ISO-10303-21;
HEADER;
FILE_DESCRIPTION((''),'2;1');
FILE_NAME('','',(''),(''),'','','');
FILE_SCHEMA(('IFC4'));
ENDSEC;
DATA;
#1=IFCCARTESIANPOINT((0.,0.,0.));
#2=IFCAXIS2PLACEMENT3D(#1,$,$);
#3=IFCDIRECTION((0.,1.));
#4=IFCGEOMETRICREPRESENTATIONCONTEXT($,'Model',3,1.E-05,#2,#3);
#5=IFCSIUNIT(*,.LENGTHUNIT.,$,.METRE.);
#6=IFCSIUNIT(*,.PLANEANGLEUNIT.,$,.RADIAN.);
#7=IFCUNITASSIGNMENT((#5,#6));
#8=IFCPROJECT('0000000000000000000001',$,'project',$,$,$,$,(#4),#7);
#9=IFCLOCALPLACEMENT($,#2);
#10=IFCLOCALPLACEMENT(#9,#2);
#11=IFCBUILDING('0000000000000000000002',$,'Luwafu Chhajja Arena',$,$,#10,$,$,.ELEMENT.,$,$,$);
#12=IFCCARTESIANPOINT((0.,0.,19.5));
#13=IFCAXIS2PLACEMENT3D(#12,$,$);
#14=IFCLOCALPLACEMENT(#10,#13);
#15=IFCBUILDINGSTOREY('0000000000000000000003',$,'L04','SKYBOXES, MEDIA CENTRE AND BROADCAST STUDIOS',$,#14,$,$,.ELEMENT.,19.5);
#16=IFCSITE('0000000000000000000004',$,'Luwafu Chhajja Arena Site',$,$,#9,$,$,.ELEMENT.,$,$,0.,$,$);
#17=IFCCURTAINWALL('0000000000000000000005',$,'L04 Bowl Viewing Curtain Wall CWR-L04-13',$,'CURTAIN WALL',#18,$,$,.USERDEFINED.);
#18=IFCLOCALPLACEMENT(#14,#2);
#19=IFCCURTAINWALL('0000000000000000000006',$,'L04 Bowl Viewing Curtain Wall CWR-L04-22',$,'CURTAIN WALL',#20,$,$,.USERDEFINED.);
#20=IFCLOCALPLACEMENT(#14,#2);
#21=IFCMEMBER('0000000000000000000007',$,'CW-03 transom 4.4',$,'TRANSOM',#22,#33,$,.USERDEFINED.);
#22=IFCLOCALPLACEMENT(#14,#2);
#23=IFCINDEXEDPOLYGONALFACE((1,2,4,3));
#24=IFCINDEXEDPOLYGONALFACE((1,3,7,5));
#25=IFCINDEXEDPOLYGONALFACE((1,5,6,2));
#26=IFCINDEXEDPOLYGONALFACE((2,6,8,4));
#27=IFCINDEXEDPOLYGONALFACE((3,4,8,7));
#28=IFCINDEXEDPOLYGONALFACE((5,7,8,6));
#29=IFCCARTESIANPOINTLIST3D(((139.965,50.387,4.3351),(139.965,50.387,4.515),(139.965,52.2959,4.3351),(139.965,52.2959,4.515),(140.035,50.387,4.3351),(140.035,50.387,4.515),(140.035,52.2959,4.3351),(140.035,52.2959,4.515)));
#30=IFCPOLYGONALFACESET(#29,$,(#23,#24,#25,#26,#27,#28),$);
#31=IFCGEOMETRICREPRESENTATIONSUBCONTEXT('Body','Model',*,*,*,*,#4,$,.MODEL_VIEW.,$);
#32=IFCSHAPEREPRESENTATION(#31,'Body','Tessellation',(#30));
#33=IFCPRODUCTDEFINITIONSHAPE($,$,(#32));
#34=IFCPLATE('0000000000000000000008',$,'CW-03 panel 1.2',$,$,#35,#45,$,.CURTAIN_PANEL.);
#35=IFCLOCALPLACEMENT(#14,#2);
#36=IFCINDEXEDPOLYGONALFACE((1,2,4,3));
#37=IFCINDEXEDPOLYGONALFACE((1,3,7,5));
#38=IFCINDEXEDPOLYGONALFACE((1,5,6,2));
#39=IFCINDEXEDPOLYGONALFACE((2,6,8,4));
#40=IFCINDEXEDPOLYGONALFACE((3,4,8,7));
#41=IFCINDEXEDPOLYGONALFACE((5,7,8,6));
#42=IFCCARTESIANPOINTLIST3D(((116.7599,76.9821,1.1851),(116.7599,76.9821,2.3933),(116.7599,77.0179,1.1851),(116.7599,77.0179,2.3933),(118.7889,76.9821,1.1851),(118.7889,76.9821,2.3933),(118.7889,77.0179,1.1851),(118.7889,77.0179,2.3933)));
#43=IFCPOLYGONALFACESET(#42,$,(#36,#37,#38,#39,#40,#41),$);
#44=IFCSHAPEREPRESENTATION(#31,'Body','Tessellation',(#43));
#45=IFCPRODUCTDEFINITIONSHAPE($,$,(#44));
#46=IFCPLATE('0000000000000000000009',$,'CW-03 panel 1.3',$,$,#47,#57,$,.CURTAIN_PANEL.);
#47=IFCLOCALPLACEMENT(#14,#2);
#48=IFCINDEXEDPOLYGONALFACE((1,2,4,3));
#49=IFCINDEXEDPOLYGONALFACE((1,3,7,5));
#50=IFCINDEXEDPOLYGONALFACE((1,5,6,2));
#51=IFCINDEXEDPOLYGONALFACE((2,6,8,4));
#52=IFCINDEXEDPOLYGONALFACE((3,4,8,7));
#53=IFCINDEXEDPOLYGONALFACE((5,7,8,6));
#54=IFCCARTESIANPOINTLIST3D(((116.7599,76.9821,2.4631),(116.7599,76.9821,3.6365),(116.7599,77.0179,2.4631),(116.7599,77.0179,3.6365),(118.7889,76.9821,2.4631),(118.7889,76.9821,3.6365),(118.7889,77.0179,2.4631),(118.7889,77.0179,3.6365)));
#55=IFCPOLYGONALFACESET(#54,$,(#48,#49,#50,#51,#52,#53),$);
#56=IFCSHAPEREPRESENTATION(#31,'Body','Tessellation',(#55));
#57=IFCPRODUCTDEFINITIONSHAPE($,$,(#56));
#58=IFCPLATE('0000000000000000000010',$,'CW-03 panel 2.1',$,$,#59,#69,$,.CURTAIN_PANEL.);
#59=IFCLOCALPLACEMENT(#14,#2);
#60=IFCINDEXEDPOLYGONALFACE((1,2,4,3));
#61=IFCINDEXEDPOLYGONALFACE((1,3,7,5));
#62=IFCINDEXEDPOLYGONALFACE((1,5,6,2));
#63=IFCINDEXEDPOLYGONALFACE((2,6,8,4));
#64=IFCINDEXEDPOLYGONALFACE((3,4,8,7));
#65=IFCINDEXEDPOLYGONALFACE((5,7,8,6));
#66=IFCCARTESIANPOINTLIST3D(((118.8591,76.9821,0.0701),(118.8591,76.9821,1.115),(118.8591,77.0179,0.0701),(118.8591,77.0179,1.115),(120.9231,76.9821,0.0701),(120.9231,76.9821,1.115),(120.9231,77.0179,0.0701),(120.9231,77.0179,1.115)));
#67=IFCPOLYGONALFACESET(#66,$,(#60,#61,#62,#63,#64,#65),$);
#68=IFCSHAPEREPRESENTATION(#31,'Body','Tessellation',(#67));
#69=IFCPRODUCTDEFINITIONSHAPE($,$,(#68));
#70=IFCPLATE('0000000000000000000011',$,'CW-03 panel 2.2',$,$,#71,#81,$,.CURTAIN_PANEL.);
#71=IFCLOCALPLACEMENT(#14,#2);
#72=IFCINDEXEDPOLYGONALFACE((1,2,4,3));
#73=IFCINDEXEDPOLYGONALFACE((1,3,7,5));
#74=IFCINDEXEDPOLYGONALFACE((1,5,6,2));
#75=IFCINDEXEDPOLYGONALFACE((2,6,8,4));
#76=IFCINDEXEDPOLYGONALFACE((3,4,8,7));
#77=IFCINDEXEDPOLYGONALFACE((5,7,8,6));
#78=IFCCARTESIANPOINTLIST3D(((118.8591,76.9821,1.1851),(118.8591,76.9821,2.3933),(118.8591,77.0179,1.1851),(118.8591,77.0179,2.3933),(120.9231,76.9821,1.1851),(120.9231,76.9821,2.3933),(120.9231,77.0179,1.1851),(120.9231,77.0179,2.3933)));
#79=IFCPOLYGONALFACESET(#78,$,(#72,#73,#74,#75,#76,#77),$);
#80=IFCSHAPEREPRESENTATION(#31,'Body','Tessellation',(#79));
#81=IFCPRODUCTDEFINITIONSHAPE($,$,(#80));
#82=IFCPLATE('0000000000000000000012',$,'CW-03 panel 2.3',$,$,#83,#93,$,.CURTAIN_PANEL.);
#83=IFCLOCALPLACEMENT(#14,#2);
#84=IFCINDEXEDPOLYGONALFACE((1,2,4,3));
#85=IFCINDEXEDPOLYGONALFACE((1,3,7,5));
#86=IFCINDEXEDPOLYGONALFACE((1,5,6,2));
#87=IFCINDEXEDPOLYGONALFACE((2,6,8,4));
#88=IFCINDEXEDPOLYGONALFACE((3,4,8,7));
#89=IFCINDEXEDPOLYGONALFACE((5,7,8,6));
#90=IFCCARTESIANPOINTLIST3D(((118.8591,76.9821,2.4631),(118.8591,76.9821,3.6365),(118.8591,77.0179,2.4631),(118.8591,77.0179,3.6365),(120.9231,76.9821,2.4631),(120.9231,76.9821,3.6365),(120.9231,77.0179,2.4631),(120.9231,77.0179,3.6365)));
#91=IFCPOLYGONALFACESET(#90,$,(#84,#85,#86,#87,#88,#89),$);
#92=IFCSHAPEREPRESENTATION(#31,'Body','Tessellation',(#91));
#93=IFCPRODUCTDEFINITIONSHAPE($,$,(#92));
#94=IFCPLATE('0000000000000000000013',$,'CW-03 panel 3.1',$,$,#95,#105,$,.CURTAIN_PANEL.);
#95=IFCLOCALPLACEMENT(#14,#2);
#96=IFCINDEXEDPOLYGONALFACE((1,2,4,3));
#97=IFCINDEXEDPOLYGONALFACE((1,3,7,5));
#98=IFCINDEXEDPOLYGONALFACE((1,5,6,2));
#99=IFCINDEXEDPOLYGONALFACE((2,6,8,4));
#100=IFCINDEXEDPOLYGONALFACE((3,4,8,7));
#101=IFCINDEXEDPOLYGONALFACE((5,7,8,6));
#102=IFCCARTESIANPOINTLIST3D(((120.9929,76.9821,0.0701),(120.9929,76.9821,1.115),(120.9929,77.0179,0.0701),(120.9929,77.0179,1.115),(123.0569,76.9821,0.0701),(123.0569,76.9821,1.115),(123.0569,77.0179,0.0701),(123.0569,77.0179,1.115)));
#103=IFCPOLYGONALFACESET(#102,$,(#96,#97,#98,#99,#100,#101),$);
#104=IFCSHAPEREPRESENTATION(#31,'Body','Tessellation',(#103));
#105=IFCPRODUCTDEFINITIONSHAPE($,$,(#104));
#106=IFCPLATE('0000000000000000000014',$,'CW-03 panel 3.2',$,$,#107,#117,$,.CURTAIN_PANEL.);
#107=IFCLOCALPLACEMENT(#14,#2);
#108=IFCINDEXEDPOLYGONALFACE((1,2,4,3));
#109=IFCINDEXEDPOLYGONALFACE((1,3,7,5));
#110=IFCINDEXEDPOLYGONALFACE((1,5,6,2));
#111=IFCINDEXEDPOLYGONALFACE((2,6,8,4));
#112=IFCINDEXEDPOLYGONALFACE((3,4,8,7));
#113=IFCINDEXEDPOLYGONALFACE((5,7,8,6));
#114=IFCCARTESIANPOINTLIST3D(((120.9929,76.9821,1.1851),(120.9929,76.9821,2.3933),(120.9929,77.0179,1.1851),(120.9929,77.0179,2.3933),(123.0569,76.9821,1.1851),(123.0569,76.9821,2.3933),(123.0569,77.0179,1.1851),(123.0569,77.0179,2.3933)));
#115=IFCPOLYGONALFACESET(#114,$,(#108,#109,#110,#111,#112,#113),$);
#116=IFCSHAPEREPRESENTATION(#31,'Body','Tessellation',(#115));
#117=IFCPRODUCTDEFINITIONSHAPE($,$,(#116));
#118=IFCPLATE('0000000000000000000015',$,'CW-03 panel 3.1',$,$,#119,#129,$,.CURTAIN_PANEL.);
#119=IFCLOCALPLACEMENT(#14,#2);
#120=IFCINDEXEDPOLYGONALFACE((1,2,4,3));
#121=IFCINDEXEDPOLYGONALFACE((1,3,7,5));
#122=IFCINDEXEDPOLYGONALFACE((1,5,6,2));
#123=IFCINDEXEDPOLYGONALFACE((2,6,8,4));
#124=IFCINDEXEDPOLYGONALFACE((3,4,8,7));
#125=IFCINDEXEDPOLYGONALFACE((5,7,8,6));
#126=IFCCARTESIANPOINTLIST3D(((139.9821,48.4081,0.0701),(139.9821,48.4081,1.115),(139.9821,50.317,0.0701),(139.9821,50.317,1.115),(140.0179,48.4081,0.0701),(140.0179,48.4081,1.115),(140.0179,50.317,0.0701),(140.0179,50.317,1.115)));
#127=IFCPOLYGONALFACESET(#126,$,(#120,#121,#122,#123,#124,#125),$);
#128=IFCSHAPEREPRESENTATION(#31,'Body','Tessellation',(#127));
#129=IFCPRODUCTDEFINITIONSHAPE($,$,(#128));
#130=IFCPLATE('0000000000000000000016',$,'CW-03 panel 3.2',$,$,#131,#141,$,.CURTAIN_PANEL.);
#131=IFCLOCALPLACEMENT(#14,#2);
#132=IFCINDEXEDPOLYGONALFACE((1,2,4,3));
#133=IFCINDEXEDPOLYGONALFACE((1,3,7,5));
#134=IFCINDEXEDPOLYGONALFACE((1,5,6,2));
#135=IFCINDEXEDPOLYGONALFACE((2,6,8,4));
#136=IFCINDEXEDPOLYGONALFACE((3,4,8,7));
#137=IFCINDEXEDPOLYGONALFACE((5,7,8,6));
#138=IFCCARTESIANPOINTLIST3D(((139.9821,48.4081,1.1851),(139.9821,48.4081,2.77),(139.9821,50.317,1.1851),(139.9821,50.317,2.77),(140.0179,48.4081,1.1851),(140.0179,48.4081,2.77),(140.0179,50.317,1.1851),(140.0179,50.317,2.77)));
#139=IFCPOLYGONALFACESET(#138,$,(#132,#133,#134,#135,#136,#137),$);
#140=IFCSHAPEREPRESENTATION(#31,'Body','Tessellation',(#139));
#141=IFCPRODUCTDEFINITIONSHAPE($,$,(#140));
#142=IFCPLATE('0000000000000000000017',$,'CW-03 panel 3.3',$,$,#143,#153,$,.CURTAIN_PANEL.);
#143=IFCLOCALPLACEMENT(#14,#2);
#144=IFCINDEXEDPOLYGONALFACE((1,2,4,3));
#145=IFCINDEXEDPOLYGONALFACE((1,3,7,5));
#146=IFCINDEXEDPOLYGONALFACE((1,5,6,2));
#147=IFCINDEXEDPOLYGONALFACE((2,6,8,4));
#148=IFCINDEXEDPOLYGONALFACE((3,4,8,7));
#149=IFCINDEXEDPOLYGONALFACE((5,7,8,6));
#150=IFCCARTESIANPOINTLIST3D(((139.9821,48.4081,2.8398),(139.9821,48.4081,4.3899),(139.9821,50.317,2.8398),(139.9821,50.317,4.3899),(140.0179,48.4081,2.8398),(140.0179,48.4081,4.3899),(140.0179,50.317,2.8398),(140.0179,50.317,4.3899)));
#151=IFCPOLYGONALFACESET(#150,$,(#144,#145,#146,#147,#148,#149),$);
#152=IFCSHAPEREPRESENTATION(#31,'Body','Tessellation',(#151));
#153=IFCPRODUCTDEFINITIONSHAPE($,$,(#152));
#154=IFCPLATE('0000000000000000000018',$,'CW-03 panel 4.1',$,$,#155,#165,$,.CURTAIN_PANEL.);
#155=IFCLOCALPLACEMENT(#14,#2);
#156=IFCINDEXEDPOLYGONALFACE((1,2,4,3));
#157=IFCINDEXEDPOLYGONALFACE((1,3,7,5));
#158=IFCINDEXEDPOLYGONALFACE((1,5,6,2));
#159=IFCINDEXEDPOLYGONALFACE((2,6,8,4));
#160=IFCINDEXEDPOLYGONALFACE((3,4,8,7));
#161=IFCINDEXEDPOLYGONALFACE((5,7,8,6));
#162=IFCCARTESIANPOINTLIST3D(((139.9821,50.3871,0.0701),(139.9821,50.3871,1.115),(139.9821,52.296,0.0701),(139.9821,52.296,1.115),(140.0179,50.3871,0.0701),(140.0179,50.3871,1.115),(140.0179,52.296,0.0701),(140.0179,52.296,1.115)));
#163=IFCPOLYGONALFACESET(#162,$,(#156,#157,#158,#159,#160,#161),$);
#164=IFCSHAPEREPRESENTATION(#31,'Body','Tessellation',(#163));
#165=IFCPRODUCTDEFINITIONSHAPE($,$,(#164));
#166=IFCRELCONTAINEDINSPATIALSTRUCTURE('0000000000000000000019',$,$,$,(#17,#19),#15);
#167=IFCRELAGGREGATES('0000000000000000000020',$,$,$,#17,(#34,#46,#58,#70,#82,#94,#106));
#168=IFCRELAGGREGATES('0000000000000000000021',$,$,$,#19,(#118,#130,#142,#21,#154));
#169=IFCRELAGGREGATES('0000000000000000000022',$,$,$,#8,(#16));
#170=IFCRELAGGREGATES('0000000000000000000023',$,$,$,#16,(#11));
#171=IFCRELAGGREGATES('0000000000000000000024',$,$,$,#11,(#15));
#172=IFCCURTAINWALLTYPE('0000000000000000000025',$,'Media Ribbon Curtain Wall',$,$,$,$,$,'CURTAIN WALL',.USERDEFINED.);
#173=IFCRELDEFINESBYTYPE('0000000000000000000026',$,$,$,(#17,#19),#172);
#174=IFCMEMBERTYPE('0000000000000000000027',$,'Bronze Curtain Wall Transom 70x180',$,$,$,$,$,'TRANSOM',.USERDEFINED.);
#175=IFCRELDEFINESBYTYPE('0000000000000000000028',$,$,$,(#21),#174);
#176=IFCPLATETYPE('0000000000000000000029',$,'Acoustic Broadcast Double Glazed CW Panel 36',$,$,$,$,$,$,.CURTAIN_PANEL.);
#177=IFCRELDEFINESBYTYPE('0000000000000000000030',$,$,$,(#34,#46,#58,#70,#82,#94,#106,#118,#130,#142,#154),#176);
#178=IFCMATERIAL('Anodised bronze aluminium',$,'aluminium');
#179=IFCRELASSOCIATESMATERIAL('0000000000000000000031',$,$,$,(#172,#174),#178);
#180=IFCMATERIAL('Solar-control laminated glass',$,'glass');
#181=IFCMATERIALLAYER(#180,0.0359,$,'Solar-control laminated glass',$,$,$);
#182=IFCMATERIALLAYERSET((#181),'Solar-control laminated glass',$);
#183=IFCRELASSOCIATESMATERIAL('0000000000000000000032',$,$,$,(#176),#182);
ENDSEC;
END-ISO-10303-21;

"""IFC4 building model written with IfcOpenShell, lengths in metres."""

from ifc_helpers import new_model, si_unit, direction, frame, origin, origin_2d, place, context, subcontext, project, spatial, rectangle, extrude, material, layer, layer_set, material_profile, profile_set, type_object, element, aggregate, save


model = new_model("IFC4")

# Units and contexts
model_context = context("Model", 3, precision=1e-05, world=origin(), true_north=direction((0.0, 1.0)))
body_context = subcontext(model_context, "Body", "Model", "MODEL_VIEW")
ifc_project = project(units=[si_unit("LENGTHUNIT", "METRE"), si_unit("PLANEANGLEUNIT", "RADIAN")], contexts=[model_context])

# Site, building, storey
site_placement = place(None, origin())
site = spatial("IfcSite", under=ifc_project, at=site_placement, Name="Luwafu Chhajja Arena Site", CompositionType="ELEMENT", RefElevation=0.0)
building_placement = place(site_placement, origin())
building = spatial("IfcBuilding", under=site, at=building_placement, Name="Luwafu Chhajja Arena", CompositionType="ELEMENT")
storey_placement = place(building_placement, frame((0.0, 0.0, 19.5)))
storey = spatial("IfcBuildingStorey", under=building, at=storey_placement, Name="L04", Description="SKYBOXES, MEDIA CENTRE AND BROADCAST STUDIOS", CompositionType="ELEMENT", Elevation=19.5)

# Curtain wall
ifc_material_1 = material(Name="Anodised bronze aluminium", Category="aluminium")
curtain_wall_type = type_object("IfcCurtainWallType", Name="Media Ribbon Curtain Wall", ElementType="CURTAIN WALL", PredefinedType="USERDEFINED", material=ifc_material_1)
curtain_wall_1_placement = place(storey_placement, origin())
curtain_wall_1 = element("IfcCurtainWall", 1, at=curtain_wall_1_placement, inside=storey, type_object=curtain_wall_type, Name="L04 Bowl Viewing Curtain Wall CWR-L04-13", ObjectType="CURTAIN WALL", PredefinedType="USERDEFINED")

# Curtain wall
curtain_wall_2_placement = place(storey_placement, origin())
curtain_wall_2 = element("IfcCurtainWall", 2, at=curtain_wall_2_placement, inside=storey, type_object=curtain_wall_type, Name="L04 Bowl Viewing Curtain Wall CWR-L04-22", ObjectType="CURTAIN WALL", PredefinedType="USERDEFINED")

# Member
ifc_material_profile_1 = material_profile(ifc_material_1, rectangle(XDim=0.0701, YDim=0.1799, at=origin_2d()), Name="CWT 70x180")
ifc_profile_set_1 = profile_set([ifc_material_profile_1], Name="Anodised bronze aluminium")
member_type_1 = type_object("IfcMemberType", Name="Bronze Curtain Wall Transom 70x180", ElementType="TRANSOM", PredefinedType="USERDEFINED", material=ifc_profile_set_1)
member_1_placement = place(storey_placement, frame((140.0, 50.387, 4.425), z_axis=(0.0, 1.0, 0.0), x_axis=(-1.0, 0.0, 0.0)))
member_1 = element("IfcMember", 3, at=member_1_placement, type_object=member_type_1, Name="CW-03 transom 4.4", ObjectType="TRANSOM", PredefinedType="USERDEFINED", context=body_context, shape_type="SweptSolid", body=[
    extrude(rectangle(XDim=0.0701, YDim=0.1799, at=origin_2d()), origin(), (0.0, 0.0, 1.0), 1.9089),
])

# Plates
ifc_material_2 = material(Name="Solar-control laminated glass", Category="glass")
ifc_layer = layer(ifc_material_2, 0.0359, Name="Solar-control laminated glass")
ifc_layer_set = layer_set([ifc_layer], Name="Solar-control laminated glass")
plate_type = type_object("IfcPlateType", Name="Acoustic Broadcast Double Glazed CW Panel 36", PredefinedType="CURTAIN_PANEL", material=ifc_layer_set)
plate_1_placement = place(storey_placement, frame((117.7744, 77.0, 1.1851), z_axis=(0.0, 0.0, 1.0), x_axis=(1.0, 0.0, 0.0)))
plate_1 = element("IfcPlate", 4, at=plate_1_placement, type_object=plate_type, Name="CW-03 panel 1.2", PredefinedType="CURTAIN_PANEL", context=body_context, shape_type="SweptSolid", body=[
    extrude(rectangle(XDim=2.0291, YDim=0.0359, at=origin_2d()), origin(), (0.0, 0.0, 1.0), 1.2083),
])
plate_2_placement = place(storey_placement, frame((117.7744, 77.0, 2.4631), z_axis=(0.0, 0.0, 1.0), x_axis=(1.0, 0.0, 0.0)))
plate_2 = element("IfcPlate", 5, at=plate_2_placement, type_object=plate_type, Name="CW-03 panel 1.3", PredefinedType="CURTAIN_PANEL", context=body_context, shape_type="SweptSolid", body=[
    extrude(rectangle(XDim=2.0291, YDim=0.0359, at=origin_2d()), origin(), (0.0, 0.0, 1.0), 1.1733),
])
plate_3_placement = place(storey_placement, frame((119.8911, 77.0, 0.0701), z_axis=(0.0, 0.0, 1.0), x_axis=(1.0, 0.0, 0.0)))
plate_3 = element("IfcPlate", 6, at=plate_3_placement, type_object=plate_type, Name="CW-03 panel 2.1", PredefinedType="CURTAIN_PANEL", context=body_context, shape_type="SweptSolid", body=[
    extrude(rectangle(XDim=2.064, YDim=0.0359, at=origin_2d()), origin(), (0.0, 0.0, 1.0), 1.0449),
])
plate_4_placement = place(storey_placement, frame((119.8911, 77.0, 1.1851), z_axis=(0.0, 0.0, 1.0), x_axis=(1.0, 0.0, 0.0)))
plate_4 = element("IfcPlate", 7, at=plate_4_placement, type_object=plate_type, Name="CW-03 panel 2.2", PredefinedType="CURTAIN_PANEL", context=body_context, shape_type="SweptSolid", body=[
    extrude(rectangle(XDim=2.064, YDim=0.0359, at=origin_2d()), origin(), (0.0, 0.0, 1.0), 1.2083),
])
plate_5_placement = place(storey_placement, frame((119.8911, 77.0, 2.4631), z_axis=(0.0, 0.0, 1.0), x_axis=(1.0, 0.0, 0.0)))
plate_5 = element("IfcPlate", 8, at=plate_5_placement, type_object=plate_type, Name="CW-03 panel 2.3", PredefinedType="CURTAIN_PANEL", context=body_context, shape_type="SweptSolid", body=[
    extrude(rectangle(XDim=2.064, YDim=0.0359, at=origin_2d()), origin(), (0.0, 0.0, 1.0), 1.1733),
])
plate_6_placement = place(storey_placement, frame((122.0249, 77.0, 0.0701), z_axis=(0.0, 0.0, 1.0), x_axis=(1.0, 0.0, 0.0)))
plate_6 = element("IfcPlate", 9, at=plate_6_placement, type_object=plate_type, Name="CW-03 panel 3.1", PredefinedType="CURTAIN_PANEL", context=body_context, shape_type="SweptSolid", body=[
    extrude(rectangle(XDim=2.064, YDim=0.0359, at=origin_2d()), origin(), (0.0, 0.0, 1.0), 1.0449),
])
plate_7_placement = place(storey_placement, frame((122.0249, 77.0, 1.1851), z_axis=(0.0, 0.0, 1.0), x_axis=(1.0, 0.0, 0.0)))
plate_7 = element("IfcPlate", 10, at=plate_7_placement, type_object=plate_type, Name="CW-03 panel 3.2", PredefinedType="CURTAIN_PANEL", context=body_context, shape_type="SweptSolid", body=[
    extrude(rectangle(XDim=2.064, YDim=0.0359, at=origin_2d()), origin(), (0.0, 0.0, 1.0), 1.2083),
])
aggregate(curtain_wall_1, [plate_1, plate_2, plate_3, plate_4, plate_5, plate_6, plate_7])
plate_8_placement = place(storey_placement, frame((140.0, 49.3625, 0.0701), z_axis=(0.0, 0.0, 1.0), x_axis=(0.0, 1.0, 0.0)))
plate_8 = element("IfcPlate", 11, at=plate_8_placement, type_object=plate_type, Name="CW-03 panel 3.1", PredefinedType="CURTAIN_PANEL", context=body_context, shape_type="SweptSolid", body=[
    extrude(rectangle(XDim=1.9089, YDim=0.0359, at=origin_2d()), origin(), (0.0, 0.0, 1.0), 1.0449),
])
plate_9_placement = place(storey_placement, frame((140.0, 49.3625, 1.1851), z_axis=(0.0, 0.0, 1.0), x_axis=(0.0, 1.0, 0.0)))
plate_9 = element("IfcPlate", 12, at=plate_9_placement, type_object=plate_type, Name="CW-03 panel 3.2", PredefinedType="CURTAIN_PANEL", context=body_context, shape_type="SweptSolid", body=[
    extrude(rectangle(XDim=1.9089, YDim=0.0359, at=origin_2d()), origin(), (0.0, 0.0, 1.0), 1.585),
])
plate_10_placement = place(storey_placement, frame((140.0, 49.3625, 2.8398), z_axis=(0.0, 0.0, 1.0), x_axis=(0.0, 1.0, 0.0)))
plate_10 = element("IfcPlate", 13, at=plate_10_placement, type_object=plate_type, Name="CW-03 panel 3.3", PredefinedType="CURTAIN_PANEL", context=body_context, shape_type="SweptSolid", body=[
    extrude(rectangle(XDim=1.9089, YDim=0.0359, at=origin_2d()), origin(), (0.0, 0.0, 1.0), 1.55),
])
plate_11_placement = place(storey_placement, frame((140.0, 51.3416, 0.0701), z_axis=(0.0, 0.0, 1.0), x_axis=(0.0, 1.0, 0.0)))
plate_11 = element("IfcPlate", 14, at=plate_11_placement, type_object=plate_type, Name="CW-03 panel 4.1", PredefinedType="CURTAIN_PANEL", context=body_context, shape_type="SweptSolid", body=[
    extrude(rectangle(XDim=1.9089, YDim=0.0359, at=origin_2d()), origin(), (0.0, 0.0, 1.0), 1.0449),
])
aggregate(curtain_wall_2, [plate_8, plate_9, plate_10, member_1, plate_11])

save(model, "model.ifc")
